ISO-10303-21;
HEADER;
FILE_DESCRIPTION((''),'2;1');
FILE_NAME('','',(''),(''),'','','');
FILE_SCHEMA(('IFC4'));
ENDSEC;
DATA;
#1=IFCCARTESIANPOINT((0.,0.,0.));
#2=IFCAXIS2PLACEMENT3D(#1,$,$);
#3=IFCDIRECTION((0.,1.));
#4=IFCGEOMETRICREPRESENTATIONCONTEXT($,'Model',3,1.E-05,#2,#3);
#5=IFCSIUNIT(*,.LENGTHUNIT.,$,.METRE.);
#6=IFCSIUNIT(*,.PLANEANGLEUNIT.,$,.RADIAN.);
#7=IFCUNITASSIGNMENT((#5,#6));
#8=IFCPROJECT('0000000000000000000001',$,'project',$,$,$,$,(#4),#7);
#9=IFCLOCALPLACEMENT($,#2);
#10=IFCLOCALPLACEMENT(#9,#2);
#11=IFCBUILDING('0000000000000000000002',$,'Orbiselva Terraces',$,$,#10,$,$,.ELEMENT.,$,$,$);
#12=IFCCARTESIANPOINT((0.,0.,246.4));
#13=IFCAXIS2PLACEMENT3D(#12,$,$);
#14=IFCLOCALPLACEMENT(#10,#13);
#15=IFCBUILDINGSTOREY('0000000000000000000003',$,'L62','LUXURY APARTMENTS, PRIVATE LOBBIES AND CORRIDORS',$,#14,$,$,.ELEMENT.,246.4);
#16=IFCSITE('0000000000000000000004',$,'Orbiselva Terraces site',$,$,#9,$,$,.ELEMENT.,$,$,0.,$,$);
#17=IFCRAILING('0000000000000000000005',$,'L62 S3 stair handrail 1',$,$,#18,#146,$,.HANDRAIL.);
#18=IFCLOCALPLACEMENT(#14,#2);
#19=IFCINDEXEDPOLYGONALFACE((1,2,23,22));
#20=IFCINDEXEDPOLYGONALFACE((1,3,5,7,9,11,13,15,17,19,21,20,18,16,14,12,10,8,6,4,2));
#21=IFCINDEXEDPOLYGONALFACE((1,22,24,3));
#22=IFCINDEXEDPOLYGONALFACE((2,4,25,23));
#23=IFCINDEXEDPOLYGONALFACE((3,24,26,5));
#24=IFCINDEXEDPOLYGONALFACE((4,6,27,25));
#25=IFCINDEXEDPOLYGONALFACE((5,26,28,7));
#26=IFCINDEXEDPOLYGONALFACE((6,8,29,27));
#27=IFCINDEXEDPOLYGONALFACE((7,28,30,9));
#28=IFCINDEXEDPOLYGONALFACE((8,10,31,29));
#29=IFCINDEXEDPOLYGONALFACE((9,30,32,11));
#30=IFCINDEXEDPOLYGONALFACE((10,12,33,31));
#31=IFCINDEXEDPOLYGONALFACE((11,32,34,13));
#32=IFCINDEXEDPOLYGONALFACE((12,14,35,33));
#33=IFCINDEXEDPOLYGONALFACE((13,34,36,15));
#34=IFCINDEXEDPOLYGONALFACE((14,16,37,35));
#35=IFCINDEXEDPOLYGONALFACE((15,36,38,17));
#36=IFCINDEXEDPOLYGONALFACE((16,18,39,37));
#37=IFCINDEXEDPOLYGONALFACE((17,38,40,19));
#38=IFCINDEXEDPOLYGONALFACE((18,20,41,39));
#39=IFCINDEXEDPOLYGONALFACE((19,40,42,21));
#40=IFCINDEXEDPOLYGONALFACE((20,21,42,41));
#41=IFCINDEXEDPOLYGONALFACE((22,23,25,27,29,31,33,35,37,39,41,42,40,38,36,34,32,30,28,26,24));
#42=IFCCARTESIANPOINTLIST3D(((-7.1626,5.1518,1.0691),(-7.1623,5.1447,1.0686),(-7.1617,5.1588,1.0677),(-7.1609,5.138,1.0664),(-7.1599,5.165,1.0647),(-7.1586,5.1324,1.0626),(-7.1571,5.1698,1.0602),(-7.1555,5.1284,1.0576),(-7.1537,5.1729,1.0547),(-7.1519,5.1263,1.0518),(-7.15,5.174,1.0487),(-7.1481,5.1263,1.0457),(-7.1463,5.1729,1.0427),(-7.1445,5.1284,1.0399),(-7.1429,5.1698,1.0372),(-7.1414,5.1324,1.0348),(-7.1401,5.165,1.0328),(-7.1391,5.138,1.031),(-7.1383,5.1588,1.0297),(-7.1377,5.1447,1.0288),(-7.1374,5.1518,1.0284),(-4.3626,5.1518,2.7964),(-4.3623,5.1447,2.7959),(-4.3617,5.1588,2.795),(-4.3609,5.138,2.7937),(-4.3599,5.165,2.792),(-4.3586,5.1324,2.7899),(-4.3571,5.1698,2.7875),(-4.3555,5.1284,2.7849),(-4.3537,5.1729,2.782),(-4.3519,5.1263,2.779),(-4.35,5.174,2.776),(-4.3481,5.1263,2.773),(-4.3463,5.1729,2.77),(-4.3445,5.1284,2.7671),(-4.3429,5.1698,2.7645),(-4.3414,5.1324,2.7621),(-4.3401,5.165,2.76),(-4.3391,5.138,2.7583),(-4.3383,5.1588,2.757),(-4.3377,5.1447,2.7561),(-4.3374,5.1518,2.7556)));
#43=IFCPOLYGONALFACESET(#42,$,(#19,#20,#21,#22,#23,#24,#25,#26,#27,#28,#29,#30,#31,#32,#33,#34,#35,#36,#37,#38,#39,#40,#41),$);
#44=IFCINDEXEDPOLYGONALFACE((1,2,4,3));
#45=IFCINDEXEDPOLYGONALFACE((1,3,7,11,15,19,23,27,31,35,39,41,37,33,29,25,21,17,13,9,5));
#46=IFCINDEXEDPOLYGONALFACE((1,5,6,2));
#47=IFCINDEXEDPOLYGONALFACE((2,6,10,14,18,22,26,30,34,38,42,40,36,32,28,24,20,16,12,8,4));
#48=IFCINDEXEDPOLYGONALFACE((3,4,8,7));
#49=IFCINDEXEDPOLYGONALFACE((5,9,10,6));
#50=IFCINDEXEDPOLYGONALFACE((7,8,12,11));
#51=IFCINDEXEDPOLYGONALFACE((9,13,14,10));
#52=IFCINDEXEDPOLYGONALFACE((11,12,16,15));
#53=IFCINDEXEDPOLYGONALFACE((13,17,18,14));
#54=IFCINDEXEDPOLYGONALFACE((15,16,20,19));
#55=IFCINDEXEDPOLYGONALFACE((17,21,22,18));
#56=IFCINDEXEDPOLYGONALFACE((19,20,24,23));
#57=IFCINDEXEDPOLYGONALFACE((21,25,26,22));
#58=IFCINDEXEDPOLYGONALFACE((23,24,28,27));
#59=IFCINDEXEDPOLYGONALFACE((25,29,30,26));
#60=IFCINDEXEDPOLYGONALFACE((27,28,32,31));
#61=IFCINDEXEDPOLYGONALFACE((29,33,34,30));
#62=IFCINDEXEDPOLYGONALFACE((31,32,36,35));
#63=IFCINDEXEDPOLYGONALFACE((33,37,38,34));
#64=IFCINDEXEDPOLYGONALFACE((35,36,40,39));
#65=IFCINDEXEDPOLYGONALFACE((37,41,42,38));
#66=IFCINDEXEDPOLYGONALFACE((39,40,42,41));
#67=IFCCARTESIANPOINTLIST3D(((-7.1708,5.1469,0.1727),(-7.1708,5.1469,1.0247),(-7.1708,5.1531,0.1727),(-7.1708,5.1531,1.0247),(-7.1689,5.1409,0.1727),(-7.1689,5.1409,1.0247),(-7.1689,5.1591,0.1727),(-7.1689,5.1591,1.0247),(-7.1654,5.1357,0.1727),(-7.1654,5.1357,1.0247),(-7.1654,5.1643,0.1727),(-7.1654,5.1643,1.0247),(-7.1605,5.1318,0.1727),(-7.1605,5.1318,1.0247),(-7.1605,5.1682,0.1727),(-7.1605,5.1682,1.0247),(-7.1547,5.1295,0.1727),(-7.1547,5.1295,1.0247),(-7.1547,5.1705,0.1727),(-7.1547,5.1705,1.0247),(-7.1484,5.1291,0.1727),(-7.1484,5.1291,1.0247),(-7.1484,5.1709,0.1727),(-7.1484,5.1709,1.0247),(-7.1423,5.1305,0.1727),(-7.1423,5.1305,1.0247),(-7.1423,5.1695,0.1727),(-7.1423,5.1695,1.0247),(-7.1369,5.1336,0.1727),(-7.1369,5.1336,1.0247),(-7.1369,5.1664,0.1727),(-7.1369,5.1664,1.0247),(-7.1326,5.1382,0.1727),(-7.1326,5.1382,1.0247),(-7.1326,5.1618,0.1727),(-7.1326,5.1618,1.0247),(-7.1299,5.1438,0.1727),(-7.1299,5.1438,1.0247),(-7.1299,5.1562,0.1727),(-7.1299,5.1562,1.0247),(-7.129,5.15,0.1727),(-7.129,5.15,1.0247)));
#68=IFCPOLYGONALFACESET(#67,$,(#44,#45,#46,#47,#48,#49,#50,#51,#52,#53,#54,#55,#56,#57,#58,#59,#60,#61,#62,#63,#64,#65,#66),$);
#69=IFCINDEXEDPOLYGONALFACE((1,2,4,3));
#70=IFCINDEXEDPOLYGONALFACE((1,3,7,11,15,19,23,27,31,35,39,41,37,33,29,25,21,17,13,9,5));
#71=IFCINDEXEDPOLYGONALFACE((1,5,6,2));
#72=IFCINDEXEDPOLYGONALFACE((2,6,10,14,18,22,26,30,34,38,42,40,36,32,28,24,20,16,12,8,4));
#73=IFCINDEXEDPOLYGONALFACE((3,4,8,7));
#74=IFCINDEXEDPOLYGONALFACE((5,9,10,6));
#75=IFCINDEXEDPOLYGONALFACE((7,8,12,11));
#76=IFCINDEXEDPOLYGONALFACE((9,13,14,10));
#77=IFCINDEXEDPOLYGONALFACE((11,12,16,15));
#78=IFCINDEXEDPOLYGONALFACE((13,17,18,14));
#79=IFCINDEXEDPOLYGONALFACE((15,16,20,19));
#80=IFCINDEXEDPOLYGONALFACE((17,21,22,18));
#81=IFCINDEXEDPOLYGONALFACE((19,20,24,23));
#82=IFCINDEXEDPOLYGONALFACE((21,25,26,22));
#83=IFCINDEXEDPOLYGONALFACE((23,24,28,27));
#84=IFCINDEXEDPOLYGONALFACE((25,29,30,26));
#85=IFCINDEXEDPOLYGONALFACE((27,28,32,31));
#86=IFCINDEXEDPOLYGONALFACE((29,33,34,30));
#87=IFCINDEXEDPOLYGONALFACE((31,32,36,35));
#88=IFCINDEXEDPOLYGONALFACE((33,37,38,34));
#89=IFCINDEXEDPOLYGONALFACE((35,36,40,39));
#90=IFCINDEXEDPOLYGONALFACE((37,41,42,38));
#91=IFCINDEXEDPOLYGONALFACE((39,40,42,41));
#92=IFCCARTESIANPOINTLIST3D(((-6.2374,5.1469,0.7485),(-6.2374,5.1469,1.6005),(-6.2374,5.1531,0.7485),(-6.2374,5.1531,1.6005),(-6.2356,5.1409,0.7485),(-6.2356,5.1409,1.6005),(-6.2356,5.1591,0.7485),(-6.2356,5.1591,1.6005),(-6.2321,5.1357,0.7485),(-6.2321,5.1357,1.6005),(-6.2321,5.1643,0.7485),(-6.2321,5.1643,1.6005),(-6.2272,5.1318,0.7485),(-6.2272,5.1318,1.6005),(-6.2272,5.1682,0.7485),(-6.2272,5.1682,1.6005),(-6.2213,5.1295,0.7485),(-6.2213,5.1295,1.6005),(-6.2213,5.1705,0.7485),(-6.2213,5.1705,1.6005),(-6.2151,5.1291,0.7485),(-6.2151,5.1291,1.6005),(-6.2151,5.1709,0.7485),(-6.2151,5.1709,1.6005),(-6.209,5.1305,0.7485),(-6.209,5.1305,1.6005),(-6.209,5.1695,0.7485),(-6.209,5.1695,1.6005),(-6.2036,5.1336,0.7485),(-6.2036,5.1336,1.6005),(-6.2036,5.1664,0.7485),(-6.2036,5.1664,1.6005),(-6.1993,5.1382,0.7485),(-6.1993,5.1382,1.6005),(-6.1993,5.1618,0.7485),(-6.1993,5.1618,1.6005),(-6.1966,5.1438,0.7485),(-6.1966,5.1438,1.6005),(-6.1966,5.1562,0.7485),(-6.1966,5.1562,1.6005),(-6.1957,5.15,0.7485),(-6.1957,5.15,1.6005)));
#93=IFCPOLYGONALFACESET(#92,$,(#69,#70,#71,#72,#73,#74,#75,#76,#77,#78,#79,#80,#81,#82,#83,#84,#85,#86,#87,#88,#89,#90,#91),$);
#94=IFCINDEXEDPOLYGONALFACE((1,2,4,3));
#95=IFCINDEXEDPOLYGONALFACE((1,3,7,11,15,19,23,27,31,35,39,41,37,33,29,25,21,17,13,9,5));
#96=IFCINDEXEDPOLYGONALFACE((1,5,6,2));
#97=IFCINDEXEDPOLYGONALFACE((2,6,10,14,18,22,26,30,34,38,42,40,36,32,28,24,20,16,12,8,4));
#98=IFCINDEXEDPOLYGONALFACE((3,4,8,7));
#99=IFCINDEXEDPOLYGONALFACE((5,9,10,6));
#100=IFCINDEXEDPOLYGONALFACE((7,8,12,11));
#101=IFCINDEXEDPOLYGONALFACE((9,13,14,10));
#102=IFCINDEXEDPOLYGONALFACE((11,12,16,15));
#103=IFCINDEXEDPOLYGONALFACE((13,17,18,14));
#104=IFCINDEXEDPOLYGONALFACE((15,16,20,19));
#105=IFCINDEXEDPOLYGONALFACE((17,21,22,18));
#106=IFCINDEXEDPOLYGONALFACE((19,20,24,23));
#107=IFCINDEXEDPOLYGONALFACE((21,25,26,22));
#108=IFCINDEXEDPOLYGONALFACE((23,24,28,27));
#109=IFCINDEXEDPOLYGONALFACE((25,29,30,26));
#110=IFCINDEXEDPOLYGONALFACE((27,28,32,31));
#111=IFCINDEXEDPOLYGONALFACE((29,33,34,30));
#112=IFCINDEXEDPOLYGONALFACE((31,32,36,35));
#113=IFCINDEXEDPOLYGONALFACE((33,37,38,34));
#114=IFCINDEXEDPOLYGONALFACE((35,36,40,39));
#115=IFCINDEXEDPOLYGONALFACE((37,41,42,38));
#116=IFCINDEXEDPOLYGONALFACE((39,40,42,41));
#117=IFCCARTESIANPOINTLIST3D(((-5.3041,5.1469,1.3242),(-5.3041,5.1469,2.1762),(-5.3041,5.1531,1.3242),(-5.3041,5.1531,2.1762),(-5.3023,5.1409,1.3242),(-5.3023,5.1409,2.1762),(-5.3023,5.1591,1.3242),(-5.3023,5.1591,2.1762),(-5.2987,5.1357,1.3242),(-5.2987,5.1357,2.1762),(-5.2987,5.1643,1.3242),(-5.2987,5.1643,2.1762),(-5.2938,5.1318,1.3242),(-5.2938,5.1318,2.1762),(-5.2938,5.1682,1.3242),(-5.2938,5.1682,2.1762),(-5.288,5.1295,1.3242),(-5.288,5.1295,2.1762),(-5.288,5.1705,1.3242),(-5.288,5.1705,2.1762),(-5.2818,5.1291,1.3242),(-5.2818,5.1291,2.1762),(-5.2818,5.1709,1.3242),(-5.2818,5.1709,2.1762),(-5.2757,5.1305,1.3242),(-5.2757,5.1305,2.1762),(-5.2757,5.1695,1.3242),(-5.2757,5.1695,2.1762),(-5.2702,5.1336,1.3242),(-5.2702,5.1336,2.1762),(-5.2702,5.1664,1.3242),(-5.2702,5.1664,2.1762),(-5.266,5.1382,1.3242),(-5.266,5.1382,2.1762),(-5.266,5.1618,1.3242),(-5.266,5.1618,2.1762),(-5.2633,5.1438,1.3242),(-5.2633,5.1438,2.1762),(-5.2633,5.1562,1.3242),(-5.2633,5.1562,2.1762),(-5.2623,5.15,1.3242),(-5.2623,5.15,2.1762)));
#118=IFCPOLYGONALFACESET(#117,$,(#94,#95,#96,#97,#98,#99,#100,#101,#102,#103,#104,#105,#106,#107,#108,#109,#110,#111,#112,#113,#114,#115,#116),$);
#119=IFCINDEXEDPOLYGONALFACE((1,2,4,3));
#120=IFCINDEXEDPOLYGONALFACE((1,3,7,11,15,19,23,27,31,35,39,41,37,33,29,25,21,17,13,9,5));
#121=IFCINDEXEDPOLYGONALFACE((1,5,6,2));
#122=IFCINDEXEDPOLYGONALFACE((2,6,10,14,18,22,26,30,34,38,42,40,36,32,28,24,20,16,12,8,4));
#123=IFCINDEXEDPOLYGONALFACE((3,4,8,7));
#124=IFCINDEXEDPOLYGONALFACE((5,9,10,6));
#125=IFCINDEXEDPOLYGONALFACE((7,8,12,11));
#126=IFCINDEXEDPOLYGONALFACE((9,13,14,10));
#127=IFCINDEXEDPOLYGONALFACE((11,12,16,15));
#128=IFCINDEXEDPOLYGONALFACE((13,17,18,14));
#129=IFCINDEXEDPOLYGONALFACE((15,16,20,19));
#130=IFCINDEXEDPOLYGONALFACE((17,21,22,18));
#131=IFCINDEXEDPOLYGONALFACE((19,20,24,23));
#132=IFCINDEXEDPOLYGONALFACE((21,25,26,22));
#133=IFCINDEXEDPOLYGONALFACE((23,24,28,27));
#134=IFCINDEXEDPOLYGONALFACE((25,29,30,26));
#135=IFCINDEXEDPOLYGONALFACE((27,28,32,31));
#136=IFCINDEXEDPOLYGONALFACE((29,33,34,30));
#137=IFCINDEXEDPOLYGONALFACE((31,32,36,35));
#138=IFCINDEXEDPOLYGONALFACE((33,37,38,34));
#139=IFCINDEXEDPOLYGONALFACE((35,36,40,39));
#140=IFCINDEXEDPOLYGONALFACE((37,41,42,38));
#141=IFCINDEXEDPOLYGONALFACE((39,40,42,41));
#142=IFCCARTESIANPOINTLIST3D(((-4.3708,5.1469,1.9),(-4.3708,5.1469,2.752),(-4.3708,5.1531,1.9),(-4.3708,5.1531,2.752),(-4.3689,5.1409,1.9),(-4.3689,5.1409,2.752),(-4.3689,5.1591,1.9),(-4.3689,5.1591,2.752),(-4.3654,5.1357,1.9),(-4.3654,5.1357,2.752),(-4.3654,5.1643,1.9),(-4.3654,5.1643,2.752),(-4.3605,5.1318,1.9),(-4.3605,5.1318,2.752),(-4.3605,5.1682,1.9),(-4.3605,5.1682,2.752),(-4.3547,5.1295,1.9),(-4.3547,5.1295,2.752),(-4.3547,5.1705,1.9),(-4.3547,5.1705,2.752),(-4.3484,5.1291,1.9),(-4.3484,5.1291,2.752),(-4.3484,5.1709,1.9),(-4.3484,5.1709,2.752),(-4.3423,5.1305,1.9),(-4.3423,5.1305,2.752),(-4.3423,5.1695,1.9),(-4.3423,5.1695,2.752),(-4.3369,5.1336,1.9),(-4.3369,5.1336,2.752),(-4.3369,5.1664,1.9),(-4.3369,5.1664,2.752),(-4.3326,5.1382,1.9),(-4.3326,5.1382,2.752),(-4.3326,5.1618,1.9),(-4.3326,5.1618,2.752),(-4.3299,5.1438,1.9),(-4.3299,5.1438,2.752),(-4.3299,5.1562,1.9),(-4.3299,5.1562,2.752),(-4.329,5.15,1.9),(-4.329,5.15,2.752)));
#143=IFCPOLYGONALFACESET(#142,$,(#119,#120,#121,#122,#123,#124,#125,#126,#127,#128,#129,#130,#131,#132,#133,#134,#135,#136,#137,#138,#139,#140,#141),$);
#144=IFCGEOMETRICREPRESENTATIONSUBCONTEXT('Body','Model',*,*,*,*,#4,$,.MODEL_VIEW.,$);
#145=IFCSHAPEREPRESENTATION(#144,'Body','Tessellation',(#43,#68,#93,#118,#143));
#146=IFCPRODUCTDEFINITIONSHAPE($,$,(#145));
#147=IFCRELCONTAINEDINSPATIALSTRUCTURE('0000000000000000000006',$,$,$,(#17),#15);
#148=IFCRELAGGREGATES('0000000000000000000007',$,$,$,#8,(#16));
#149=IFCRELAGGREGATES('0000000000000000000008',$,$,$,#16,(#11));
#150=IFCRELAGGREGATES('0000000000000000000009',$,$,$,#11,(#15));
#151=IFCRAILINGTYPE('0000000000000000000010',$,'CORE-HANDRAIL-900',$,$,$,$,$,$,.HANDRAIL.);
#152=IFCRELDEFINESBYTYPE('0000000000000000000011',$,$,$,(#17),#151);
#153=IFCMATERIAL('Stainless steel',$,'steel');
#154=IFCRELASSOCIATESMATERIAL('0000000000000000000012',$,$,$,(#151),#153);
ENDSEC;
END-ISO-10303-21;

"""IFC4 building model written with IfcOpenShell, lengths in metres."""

from ifc_helpers import new_model, si_unit, direction, frame, origin, origin_2d, place, context, subcontext, project, spatial, circle, extrude, material, type_object, element, save


model = new_model("IFC4")

# Units and contexts
model_context = context("Model", 3, precision=1e-05, world=origin(), true_north=direction((0.0, 1.0)))
body_context = subcontext(model_context, "Body", "Model", "MODEL_VIEW")
ifc_project = project(units=[si_unit("LENGTHUNIT", "METRE"), si_unit("PLANEANGLEUNIT", "RADIAN")], contexts=[model_context])

# Site, building, storey
site_placement = place(None, origin())
site = spatial("IfcSite", under=ifc_project, at=site_placement, Name="Orbiselva Terraces site", CompositionType="ELEMENT", RefElevation=0.0)
building_placement = place(site_placement, origin())
building = spatial("IfcBuilding", under=site, at=building_placement, Name="Orbiselva Terraces", CompositionType="ELEMENT")
storey_placement = place(building_placement, frame((0.0, 0.0, 246.4)))
storey = spatial("IfcBuildingStorey", under=building, at=storey_placement, Name="L62", Description="LUXURY APARTMENTS, PRIVATE LOBBIES AND CORRIDORS", CompositionType="ELEMENT", Elevation=246.4)

# Railing
ifc_material_1 = material(Name="Stainless steel", Category="steel")
railing_type_1 = type_object("IfcRailingType", Name="CORE-HANDRAIL-900", PredefinedType="HANDRAIL", material=ifc_material_1)
railing_1_placement = place(storey_placement, frame((-7.15, 5.15, 0.1727)))
element("IfcRailing", 1, at=railing_1_placement, inside=storey, type_object=railing_type_1, Name="L62 S3 stair handrail 1", PredefinedType="HANDRAIL", context=body_context, shape_type="SweptSolid", body=[
    extrude(circle(Radius=0.024, at=origin_2d()), frame((0.0, 0.0, 0.876), z_axis=(0.851089, 0.0, 0.525022), x_axis=(0.0, 1.0, 0.0)), (0.0, 0.0, 1.0), 3.2899),
    extrude(circle(Radius=0.021, at=origin_2d()), origin(), (0.0, 0.0, 1.0), 0.852),
    extrude(circle(Radius=0.021, at=origin_2d()), frame((0.9333, 0.0, 0.5758)), (0.0, 0.0, 1.0), 0.852),
    extrude(circle(Radius=0.021, at=origin_2d()), frame((1.8667, 0.0, 1.1515)), (0.0, 0.0, 1.0), 0.852),
    extrude(circle(Radius=0.021, at=origin_2d()), frame((2.8, 0.0, 1.7273)), (0.0, 0.0, 1.0), 0.852),
])

save(model, "model.ifc")
